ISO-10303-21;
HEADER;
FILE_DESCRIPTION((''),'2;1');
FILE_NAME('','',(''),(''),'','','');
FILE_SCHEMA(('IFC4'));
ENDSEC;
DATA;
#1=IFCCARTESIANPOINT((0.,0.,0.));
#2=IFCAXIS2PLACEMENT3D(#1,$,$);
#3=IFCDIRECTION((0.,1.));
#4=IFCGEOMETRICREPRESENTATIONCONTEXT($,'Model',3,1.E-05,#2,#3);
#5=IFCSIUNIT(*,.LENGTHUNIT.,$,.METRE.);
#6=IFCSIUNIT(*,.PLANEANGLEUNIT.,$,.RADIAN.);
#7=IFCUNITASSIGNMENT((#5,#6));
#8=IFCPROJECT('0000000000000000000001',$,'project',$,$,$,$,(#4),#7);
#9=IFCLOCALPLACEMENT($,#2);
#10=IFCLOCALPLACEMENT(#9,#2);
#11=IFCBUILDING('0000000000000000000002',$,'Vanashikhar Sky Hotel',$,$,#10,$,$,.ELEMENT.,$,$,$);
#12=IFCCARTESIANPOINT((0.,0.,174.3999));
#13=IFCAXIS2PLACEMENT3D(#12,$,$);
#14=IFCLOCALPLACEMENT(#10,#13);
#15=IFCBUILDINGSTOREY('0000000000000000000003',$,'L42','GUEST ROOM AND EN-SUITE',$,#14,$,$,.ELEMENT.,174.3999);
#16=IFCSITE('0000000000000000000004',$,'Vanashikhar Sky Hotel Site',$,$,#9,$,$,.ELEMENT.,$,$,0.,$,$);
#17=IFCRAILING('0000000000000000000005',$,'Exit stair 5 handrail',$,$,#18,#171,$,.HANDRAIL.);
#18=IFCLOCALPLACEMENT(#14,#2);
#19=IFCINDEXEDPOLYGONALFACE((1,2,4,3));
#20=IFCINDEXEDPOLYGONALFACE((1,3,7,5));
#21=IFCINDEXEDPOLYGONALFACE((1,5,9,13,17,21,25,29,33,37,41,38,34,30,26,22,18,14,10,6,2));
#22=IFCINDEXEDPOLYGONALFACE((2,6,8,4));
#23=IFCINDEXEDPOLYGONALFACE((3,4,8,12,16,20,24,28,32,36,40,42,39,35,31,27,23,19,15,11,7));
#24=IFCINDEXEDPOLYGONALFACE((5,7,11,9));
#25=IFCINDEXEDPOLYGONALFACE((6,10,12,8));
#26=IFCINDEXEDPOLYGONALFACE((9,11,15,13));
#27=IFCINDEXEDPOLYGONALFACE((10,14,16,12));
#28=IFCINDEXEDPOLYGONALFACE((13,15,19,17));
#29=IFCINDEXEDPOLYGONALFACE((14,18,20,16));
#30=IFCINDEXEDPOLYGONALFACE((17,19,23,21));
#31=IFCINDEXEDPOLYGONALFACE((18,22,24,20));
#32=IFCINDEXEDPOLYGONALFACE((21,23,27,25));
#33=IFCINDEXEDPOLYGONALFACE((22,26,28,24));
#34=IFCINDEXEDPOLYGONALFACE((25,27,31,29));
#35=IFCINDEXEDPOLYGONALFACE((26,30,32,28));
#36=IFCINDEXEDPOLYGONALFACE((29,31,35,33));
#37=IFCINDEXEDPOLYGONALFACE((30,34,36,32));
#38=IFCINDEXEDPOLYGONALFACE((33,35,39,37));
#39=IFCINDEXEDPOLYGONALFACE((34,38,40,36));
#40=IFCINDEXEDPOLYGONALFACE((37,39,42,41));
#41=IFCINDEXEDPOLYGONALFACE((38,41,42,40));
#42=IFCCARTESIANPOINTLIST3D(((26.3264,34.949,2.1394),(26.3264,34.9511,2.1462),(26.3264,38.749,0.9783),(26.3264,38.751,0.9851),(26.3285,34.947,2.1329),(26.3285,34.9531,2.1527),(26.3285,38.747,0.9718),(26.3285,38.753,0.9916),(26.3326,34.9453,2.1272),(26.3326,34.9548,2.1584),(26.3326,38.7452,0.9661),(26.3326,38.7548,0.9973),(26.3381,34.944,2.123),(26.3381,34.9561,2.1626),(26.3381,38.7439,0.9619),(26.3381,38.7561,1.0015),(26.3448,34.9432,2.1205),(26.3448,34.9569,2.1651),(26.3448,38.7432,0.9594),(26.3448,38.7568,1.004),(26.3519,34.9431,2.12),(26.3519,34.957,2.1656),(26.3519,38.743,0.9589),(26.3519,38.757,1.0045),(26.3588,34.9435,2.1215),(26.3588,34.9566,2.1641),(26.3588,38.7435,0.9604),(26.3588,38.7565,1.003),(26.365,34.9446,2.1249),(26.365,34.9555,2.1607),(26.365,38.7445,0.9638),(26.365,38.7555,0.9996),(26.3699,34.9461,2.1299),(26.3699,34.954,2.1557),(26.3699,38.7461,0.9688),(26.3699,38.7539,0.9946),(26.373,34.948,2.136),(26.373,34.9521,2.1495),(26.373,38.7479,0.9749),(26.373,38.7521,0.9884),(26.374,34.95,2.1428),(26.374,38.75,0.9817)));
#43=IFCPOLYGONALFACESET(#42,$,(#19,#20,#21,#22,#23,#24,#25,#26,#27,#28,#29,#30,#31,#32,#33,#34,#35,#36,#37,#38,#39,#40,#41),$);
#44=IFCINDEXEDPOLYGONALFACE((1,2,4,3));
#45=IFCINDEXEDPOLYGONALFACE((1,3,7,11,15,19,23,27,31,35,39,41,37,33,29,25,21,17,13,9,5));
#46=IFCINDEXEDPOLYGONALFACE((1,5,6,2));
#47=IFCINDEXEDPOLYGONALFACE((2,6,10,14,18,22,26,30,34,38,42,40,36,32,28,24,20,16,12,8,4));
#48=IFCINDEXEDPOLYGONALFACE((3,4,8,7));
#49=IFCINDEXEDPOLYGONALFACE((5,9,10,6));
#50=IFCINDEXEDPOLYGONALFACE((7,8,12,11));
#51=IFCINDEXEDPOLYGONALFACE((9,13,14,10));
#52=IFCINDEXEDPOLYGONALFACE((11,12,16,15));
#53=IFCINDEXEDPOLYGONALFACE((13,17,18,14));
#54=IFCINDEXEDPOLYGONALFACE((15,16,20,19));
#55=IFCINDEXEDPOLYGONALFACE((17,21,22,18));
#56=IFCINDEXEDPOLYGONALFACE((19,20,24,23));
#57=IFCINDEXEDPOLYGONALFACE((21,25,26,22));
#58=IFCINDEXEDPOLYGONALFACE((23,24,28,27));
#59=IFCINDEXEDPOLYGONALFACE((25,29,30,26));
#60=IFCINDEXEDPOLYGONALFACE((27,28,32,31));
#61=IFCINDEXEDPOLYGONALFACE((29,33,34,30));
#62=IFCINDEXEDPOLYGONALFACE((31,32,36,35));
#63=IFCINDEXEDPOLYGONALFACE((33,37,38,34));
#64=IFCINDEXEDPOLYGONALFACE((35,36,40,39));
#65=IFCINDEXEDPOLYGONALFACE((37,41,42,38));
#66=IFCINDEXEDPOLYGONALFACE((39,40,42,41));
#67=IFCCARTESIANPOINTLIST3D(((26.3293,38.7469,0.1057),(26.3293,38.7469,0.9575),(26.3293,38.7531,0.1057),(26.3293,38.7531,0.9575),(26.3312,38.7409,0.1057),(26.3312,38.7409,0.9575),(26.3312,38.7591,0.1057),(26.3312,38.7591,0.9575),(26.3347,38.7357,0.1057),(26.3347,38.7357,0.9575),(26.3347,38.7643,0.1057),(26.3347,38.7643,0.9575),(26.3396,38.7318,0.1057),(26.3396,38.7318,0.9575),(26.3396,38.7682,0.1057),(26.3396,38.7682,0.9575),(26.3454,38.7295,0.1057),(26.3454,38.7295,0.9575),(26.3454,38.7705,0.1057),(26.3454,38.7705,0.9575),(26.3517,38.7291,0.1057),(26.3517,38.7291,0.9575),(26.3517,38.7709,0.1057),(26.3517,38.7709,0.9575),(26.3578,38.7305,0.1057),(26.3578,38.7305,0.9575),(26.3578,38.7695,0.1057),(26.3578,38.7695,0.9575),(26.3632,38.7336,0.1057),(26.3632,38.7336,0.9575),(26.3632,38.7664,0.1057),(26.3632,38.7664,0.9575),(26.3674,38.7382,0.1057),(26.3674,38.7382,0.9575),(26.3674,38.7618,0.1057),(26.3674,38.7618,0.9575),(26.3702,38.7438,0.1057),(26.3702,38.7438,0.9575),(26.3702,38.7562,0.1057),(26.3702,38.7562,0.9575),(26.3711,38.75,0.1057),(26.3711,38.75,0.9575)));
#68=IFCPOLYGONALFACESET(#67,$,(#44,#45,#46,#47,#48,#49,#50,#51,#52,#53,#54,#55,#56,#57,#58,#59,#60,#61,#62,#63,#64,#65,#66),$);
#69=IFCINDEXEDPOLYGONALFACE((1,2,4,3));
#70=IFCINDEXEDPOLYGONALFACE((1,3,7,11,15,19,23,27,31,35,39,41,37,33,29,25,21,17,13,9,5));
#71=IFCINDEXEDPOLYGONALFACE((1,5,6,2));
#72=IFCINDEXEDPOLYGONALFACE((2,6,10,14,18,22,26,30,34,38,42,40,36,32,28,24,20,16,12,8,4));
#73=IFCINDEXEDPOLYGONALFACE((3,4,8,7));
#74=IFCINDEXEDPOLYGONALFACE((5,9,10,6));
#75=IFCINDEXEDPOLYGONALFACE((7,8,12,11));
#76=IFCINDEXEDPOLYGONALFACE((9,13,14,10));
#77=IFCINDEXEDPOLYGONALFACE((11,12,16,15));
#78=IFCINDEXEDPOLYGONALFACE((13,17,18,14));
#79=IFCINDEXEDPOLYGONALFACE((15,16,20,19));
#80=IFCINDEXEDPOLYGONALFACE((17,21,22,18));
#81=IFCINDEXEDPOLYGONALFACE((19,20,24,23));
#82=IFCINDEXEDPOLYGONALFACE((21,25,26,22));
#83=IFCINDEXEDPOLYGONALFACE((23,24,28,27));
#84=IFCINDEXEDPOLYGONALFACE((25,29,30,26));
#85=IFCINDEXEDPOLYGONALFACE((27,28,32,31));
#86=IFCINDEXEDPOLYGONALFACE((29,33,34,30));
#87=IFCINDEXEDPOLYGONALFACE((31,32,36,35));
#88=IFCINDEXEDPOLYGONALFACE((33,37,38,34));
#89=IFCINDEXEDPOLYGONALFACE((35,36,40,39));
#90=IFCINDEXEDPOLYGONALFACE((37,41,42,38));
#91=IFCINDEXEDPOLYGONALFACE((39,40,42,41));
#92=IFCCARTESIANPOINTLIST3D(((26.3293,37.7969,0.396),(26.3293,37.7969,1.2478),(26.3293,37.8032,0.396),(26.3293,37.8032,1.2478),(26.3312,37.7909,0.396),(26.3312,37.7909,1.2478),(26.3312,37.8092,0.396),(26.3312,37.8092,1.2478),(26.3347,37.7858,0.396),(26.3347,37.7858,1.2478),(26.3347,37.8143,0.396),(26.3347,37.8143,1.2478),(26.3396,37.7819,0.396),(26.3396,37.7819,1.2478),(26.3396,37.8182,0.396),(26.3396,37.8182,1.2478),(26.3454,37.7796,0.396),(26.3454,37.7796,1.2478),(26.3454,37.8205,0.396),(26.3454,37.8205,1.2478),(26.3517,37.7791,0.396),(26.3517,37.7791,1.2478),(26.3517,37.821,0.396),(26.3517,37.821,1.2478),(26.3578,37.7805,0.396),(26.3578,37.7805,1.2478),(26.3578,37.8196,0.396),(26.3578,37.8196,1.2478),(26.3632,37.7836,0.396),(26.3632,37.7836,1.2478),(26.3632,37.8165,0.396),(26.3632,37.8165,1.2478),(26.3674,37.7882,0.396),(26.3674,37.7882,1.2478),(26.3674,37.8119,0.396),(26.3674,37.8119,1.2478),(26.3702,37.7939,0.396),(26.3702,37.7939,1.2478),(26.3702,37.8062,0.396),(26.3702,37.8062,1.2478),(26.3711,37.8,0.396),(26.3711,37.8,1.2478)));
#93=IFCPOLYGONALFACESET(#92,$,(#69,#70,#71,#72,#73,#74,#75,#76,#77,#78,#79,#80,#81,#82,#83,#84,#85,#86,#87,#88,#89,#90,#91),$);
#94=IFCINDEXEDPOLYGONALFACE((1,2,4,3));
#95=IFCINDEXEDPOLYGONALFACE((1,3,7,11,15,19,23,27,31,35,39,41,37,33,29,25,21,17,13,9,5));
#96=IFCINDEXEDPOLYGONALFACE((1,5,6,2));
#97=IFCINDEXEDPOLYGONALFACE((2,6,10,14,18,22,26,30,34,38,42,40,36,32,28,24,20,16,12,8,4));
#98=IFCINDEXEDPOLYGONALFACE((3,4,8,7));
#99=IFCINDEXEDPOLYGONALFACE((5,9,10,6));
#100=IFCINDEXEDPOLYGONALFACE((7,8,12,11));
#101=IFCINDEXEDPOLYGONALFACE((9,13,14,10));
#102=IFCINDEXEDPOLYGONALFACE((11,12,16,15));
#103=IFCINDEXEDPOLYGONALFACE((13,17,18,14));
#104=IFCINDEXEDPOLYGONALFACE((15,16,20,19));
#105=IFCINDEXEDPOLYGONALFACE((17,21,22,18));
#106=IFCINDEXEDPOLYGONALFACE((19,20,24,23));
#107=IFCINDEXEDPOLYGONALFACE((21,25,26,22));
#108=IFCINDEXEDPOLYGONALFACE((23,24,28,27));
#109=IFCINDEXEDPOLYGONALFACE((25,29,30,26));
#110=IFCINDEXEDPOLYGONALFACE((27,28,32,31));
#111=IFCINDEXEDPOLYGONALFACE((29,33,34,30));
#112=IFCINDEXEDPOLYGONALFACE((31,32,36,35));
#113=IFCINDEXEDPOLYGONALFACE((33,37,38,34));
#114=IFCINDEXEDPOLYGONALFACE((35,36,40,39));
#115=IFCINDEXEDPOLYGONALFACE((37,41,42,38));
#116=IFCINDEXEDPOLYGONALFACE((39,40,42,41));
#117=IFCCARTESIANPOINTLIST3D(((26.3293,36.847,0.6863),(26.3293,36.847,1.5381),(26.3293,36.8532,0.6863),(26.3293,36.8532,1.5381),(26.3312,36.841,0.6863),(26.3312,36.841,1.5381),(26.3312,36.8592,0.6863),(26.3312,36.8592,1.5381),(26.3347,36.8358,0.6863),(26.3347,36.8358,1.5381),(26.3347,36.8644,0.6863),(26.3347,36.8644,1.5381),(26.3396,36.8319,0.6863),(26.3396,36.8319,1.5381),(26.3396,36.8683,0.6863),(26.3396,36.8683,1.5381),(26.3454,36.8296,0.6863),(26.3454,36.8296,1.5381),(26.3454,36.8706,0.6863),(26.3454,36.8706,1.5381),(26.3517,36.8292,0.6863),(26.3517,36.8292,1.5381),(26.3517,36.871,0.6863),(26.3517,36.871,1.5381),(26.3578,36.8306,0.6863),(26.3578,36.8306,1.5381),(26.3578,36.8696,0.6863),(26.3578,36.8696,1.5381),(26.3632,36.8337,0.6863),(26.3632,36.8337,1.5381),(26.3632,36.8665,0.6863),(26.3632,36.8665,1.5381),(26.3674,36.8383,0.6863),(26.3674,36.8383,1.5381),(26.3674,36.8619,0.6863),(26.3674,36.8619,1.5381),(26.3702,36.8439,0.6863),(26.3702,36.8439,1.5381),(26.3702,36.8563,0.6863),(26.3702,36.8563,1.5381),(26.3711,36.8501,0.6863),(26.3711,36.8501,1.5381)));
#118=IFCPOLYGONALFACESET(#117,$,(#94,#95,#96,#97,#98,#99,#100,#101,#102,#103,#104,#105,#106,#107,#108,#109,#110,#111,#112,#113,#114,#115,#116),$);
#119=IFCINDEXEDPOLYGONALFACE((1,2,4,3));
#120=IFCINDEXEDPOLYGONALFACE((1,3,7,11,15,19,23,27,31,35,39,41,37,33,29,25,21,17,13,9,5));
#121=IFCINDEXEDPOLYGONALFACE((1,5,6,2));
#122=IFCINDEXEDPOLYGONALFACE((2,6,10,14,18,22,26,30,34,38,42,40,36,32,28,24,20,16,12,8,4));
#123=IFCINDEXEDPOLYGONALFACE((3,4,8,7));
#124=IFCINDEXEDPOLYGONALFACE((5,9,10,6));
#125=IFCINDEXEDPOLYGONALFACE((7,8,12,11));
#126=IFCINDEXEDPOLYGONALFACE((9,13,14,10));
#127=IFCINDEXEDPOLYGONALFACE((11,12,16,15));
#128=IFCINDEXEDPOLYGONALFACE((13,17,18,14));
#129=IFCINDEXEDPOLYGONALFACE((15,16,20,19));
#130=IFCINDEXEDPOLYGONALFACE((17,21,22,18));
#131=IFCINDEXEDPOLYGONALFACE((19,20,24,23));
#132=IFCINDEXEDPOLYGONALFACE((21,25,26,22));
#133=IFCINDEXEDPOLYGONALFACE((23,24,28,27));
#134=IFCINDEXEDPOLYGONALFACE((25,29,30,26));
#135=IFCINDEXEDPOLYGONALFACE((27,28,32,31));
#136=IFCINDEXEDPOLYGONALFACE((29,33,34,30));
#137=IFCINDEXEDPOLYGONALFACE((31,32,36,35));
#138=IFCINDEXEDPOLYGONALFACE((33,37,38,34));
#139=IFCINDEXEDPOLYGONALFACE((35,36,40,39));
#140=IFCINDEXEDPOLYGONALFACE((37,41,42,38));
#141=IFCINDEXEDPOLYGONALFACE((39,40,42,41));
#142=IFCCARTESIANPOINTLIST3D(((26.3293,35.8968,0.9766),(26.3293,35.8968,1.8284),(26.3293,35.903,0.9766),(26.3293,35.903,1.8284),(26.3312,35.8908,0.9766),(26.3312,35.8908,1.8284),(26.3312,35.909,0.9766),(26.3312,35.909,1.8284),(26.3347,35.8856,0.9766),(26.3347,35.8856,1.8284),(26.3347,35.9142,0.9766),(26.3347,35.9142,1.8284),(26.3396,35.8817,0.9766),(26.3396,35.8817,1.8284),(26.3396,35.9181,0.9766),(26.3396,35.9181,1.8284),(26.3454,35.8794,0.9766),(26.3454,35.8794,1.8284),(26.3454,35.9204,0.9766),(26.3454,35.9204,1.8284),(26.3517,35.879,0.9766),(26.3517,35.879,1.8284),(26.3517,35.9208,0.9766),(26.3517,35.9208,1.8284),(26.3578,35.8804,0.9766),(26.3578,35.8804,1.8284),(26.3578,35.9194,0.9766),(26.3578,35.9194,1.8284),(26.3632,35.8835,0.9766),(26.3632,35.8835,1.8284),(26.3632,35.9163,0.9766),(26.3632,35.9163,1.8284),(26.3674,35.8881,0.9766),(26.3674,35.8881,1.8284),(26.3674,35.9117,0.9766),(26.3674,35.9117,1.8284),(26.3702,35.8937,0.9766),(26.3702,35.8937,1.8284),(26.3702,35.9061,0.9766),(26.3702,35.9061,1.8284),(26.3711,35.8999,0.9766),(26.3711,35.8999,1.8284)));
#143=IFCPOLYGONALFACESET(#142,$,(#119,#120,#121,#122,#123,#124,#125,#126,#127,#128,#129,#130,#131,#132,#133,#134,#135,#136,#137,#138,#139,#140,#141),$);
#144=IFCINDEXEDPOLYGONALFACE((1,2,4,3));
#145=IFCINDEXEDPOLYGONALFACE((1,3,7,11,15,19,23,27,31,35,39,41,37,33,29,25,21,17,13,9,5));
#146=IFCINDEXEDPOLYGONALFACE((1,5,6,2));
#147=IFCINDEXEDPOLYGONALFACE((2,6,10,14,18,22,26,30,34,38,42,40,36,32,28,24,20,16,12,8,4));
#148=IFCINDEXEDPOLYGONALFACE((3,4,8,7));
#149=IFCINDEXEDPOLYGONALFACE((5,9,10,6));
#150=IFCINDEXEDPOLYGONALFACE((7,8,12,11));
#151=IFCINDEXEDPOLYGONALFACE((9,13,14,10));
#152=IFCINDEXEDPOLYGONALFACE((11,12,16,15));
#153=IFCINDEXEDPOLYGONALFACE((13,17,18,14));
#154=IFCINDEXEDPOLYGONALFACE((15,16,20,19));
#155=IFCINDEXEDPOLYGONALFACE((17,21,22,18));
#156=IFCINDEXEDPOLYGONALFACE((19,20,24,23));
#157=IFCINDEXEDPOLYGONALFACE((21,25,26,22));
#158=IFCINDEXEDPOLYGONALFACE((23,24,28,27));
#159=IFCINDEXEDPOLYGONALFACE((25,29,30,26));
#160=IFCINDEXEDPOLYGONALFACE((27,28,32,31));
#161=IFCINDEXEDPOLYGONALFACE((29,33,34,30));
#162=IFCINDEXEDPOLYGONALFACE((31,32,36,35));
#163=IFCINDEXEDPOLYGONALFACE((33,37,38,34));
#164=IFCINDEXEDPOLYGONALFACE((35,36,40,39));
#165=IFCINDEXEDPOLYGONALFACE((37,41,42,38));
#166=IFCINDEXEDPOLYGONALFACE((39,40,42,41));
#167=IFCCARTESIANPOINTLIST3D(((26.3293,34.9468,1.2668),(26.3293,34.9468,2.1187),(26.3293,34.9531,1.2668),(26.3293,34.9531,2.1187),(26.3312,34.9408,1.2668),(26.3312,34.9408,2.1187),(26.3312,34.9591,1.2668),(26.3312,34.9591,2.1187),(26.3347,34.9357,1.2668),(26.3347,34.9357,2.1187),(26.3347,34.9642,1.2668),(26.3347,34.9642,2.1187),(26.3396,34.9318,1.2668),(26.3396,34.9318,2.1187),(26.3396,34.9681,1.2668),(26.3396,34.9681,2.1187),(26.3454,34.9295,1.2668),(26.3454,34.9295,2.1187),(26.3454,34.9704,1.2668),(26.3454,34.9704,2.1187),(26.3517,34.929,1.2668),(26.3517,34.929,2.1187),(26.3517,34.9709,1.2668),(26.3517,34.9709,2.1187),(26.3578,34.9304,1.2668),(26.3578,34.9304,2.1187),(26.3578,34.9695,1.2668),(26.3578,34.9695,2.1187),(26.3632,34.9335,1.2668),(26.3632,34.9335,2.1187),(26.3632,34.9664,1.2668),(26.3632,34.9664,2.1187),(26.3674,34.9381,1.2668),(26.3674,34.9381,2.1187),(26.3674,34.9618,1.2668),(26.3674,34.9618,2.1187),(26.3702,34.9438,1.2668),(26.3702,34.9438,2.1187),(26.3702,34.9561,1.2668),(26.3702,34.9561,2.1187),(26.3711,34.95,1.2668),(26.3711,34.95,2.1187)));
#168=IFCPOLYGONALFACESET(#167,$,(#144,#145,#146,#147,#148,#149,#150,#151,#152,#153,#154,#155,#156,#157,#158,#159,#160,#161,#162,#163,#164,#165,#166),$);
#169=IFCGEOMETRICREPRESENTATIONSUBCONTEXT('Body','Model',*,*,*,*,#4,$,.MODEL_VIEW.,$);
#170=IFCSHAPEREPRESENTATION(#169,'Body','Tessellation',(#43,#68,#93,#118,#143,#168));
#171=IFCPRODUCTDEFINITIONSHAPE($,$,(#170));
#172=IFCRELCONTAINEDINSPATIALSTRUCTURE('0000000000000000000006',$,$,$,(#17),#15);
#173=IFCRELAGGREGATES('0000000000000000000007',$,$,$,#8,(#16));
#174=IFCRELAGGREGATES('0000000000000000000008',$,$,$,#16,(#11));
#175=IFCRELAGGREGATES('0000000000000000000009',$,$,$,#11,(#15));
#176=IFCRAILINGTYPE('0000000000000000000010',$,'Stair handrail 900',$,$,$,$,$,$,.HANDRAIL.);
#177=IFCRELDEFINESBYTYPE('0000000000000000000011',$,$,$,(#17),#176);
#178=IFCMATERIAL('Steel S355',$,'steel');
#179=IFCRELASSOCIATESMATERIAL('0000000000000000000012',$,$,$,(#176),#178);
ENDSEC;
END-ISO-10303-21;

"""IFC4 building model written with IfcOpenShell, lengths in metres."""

from ifc_helpers import new_model, si_unit, direction, frame, origin, origin_2d, place, context, subcontext, project, spatial, circle, extrude, source, transform, mapped, material, type_object, element, save


model = new_model("IFC4")

# Units and contexts
model_context = context("Model", 3, precision=1e-05, world=origin(), true_north=direction((0.0, 1.0)))
body_context = subcontext(model_context, "Body", "Model", "MODEL_VIEW")
ifc_project = project(units=[si_unit("LENGTHUNIT", "METRE"), si_unit("PLANEANGLEUNIT", "RADIAN")], contexts=[model_context])

# Site, building, storey
site_placement = place(None, origin())
site = spatial("IfcSite", under=ifc_project, at=site_placement, Name="Vanashikhar Sky Hotel Site", CompositionType="ELEMENT", RefElevation=0.0)
building_placement = place(site_placement, origin())
building = spatial("IfcBuilding", under=site, at=building_placement, Name="Vanashikhar Sky Hotel", CompositionType="ELEMENT")
storey_placement = place(building_placement, frame((0.0, 0.0, 174.3999)))
storey = spatial("IfcBuildingStorey", under=building, at=storey_placement, Name="L42", Description="GUEST ROOM AND EN-SUITE", CompositionType="ELEMENT", Elevation=174.3999)

# Railing
ifc_material_1 = material(Name="Steel S355", Category="steel")
railing_type_1 = type_object("IfcRailingType", Name="Stair handrail 900", PredefinedType="HANDRAIL", material=ifc_material_1)
shared_shape_1 = source(origin(), body_context, "Body", "SweptSolid", [
    extrude(circle(Radius=0.0239, at=origin_2d()), frame((0.0, 0.0, 0.876), z_axis=(0.0, -0.956351, 0.29222), x_axis=(1.0, 0.0, 0.0)), (0.0, 0.0, 1.0), 3.9734),
    extrude(circle(Radius=0.021, at=origin_2d()), origin(), (0.0, 0.0, 1.0), 0.8518),
    extrude(circle(Radius=0.021, at=origin_2d()), frame((0.0, -0.95, 0.2903)), (0.0, 0.0, 1.0), 0.8518),
    extrude(circle(Radius=0.021, at=origin_2d()), frame((0.0, -1.8999, 0.5806)), (0.0, 0.0, 1.0), 0.8518),
    extrude(circle(Radius=0.021, at=origin_2d()), frame((0.0, -2.8501, 0.8708)), (0.0, 0.0, 1.0), 0.8518),
    extrude(circle(Radius=0.021, at=origin_2d()), frame((0.0, -3.8, 1.1611)), (0.0, 0.0, 1.0), 0.8518),
])
for number, where, name in (
    (1, (26.3501, 38.75, 0.1057), "Exit stair 5 handrail"),
):
    element("IfcRailing", number, at=place(storey_placement, frame(where)), inside=storey, type_object=railing_type_1, Name=name, PredefinedType="HANDRAIL", context=body_context, shape_type="MappedRepresentation", body=[
        mapped(shared_shape_1, transform((0.0, 0.0, 0.0), scale=1.0)),
    ])

save(model, "model.ifc")
